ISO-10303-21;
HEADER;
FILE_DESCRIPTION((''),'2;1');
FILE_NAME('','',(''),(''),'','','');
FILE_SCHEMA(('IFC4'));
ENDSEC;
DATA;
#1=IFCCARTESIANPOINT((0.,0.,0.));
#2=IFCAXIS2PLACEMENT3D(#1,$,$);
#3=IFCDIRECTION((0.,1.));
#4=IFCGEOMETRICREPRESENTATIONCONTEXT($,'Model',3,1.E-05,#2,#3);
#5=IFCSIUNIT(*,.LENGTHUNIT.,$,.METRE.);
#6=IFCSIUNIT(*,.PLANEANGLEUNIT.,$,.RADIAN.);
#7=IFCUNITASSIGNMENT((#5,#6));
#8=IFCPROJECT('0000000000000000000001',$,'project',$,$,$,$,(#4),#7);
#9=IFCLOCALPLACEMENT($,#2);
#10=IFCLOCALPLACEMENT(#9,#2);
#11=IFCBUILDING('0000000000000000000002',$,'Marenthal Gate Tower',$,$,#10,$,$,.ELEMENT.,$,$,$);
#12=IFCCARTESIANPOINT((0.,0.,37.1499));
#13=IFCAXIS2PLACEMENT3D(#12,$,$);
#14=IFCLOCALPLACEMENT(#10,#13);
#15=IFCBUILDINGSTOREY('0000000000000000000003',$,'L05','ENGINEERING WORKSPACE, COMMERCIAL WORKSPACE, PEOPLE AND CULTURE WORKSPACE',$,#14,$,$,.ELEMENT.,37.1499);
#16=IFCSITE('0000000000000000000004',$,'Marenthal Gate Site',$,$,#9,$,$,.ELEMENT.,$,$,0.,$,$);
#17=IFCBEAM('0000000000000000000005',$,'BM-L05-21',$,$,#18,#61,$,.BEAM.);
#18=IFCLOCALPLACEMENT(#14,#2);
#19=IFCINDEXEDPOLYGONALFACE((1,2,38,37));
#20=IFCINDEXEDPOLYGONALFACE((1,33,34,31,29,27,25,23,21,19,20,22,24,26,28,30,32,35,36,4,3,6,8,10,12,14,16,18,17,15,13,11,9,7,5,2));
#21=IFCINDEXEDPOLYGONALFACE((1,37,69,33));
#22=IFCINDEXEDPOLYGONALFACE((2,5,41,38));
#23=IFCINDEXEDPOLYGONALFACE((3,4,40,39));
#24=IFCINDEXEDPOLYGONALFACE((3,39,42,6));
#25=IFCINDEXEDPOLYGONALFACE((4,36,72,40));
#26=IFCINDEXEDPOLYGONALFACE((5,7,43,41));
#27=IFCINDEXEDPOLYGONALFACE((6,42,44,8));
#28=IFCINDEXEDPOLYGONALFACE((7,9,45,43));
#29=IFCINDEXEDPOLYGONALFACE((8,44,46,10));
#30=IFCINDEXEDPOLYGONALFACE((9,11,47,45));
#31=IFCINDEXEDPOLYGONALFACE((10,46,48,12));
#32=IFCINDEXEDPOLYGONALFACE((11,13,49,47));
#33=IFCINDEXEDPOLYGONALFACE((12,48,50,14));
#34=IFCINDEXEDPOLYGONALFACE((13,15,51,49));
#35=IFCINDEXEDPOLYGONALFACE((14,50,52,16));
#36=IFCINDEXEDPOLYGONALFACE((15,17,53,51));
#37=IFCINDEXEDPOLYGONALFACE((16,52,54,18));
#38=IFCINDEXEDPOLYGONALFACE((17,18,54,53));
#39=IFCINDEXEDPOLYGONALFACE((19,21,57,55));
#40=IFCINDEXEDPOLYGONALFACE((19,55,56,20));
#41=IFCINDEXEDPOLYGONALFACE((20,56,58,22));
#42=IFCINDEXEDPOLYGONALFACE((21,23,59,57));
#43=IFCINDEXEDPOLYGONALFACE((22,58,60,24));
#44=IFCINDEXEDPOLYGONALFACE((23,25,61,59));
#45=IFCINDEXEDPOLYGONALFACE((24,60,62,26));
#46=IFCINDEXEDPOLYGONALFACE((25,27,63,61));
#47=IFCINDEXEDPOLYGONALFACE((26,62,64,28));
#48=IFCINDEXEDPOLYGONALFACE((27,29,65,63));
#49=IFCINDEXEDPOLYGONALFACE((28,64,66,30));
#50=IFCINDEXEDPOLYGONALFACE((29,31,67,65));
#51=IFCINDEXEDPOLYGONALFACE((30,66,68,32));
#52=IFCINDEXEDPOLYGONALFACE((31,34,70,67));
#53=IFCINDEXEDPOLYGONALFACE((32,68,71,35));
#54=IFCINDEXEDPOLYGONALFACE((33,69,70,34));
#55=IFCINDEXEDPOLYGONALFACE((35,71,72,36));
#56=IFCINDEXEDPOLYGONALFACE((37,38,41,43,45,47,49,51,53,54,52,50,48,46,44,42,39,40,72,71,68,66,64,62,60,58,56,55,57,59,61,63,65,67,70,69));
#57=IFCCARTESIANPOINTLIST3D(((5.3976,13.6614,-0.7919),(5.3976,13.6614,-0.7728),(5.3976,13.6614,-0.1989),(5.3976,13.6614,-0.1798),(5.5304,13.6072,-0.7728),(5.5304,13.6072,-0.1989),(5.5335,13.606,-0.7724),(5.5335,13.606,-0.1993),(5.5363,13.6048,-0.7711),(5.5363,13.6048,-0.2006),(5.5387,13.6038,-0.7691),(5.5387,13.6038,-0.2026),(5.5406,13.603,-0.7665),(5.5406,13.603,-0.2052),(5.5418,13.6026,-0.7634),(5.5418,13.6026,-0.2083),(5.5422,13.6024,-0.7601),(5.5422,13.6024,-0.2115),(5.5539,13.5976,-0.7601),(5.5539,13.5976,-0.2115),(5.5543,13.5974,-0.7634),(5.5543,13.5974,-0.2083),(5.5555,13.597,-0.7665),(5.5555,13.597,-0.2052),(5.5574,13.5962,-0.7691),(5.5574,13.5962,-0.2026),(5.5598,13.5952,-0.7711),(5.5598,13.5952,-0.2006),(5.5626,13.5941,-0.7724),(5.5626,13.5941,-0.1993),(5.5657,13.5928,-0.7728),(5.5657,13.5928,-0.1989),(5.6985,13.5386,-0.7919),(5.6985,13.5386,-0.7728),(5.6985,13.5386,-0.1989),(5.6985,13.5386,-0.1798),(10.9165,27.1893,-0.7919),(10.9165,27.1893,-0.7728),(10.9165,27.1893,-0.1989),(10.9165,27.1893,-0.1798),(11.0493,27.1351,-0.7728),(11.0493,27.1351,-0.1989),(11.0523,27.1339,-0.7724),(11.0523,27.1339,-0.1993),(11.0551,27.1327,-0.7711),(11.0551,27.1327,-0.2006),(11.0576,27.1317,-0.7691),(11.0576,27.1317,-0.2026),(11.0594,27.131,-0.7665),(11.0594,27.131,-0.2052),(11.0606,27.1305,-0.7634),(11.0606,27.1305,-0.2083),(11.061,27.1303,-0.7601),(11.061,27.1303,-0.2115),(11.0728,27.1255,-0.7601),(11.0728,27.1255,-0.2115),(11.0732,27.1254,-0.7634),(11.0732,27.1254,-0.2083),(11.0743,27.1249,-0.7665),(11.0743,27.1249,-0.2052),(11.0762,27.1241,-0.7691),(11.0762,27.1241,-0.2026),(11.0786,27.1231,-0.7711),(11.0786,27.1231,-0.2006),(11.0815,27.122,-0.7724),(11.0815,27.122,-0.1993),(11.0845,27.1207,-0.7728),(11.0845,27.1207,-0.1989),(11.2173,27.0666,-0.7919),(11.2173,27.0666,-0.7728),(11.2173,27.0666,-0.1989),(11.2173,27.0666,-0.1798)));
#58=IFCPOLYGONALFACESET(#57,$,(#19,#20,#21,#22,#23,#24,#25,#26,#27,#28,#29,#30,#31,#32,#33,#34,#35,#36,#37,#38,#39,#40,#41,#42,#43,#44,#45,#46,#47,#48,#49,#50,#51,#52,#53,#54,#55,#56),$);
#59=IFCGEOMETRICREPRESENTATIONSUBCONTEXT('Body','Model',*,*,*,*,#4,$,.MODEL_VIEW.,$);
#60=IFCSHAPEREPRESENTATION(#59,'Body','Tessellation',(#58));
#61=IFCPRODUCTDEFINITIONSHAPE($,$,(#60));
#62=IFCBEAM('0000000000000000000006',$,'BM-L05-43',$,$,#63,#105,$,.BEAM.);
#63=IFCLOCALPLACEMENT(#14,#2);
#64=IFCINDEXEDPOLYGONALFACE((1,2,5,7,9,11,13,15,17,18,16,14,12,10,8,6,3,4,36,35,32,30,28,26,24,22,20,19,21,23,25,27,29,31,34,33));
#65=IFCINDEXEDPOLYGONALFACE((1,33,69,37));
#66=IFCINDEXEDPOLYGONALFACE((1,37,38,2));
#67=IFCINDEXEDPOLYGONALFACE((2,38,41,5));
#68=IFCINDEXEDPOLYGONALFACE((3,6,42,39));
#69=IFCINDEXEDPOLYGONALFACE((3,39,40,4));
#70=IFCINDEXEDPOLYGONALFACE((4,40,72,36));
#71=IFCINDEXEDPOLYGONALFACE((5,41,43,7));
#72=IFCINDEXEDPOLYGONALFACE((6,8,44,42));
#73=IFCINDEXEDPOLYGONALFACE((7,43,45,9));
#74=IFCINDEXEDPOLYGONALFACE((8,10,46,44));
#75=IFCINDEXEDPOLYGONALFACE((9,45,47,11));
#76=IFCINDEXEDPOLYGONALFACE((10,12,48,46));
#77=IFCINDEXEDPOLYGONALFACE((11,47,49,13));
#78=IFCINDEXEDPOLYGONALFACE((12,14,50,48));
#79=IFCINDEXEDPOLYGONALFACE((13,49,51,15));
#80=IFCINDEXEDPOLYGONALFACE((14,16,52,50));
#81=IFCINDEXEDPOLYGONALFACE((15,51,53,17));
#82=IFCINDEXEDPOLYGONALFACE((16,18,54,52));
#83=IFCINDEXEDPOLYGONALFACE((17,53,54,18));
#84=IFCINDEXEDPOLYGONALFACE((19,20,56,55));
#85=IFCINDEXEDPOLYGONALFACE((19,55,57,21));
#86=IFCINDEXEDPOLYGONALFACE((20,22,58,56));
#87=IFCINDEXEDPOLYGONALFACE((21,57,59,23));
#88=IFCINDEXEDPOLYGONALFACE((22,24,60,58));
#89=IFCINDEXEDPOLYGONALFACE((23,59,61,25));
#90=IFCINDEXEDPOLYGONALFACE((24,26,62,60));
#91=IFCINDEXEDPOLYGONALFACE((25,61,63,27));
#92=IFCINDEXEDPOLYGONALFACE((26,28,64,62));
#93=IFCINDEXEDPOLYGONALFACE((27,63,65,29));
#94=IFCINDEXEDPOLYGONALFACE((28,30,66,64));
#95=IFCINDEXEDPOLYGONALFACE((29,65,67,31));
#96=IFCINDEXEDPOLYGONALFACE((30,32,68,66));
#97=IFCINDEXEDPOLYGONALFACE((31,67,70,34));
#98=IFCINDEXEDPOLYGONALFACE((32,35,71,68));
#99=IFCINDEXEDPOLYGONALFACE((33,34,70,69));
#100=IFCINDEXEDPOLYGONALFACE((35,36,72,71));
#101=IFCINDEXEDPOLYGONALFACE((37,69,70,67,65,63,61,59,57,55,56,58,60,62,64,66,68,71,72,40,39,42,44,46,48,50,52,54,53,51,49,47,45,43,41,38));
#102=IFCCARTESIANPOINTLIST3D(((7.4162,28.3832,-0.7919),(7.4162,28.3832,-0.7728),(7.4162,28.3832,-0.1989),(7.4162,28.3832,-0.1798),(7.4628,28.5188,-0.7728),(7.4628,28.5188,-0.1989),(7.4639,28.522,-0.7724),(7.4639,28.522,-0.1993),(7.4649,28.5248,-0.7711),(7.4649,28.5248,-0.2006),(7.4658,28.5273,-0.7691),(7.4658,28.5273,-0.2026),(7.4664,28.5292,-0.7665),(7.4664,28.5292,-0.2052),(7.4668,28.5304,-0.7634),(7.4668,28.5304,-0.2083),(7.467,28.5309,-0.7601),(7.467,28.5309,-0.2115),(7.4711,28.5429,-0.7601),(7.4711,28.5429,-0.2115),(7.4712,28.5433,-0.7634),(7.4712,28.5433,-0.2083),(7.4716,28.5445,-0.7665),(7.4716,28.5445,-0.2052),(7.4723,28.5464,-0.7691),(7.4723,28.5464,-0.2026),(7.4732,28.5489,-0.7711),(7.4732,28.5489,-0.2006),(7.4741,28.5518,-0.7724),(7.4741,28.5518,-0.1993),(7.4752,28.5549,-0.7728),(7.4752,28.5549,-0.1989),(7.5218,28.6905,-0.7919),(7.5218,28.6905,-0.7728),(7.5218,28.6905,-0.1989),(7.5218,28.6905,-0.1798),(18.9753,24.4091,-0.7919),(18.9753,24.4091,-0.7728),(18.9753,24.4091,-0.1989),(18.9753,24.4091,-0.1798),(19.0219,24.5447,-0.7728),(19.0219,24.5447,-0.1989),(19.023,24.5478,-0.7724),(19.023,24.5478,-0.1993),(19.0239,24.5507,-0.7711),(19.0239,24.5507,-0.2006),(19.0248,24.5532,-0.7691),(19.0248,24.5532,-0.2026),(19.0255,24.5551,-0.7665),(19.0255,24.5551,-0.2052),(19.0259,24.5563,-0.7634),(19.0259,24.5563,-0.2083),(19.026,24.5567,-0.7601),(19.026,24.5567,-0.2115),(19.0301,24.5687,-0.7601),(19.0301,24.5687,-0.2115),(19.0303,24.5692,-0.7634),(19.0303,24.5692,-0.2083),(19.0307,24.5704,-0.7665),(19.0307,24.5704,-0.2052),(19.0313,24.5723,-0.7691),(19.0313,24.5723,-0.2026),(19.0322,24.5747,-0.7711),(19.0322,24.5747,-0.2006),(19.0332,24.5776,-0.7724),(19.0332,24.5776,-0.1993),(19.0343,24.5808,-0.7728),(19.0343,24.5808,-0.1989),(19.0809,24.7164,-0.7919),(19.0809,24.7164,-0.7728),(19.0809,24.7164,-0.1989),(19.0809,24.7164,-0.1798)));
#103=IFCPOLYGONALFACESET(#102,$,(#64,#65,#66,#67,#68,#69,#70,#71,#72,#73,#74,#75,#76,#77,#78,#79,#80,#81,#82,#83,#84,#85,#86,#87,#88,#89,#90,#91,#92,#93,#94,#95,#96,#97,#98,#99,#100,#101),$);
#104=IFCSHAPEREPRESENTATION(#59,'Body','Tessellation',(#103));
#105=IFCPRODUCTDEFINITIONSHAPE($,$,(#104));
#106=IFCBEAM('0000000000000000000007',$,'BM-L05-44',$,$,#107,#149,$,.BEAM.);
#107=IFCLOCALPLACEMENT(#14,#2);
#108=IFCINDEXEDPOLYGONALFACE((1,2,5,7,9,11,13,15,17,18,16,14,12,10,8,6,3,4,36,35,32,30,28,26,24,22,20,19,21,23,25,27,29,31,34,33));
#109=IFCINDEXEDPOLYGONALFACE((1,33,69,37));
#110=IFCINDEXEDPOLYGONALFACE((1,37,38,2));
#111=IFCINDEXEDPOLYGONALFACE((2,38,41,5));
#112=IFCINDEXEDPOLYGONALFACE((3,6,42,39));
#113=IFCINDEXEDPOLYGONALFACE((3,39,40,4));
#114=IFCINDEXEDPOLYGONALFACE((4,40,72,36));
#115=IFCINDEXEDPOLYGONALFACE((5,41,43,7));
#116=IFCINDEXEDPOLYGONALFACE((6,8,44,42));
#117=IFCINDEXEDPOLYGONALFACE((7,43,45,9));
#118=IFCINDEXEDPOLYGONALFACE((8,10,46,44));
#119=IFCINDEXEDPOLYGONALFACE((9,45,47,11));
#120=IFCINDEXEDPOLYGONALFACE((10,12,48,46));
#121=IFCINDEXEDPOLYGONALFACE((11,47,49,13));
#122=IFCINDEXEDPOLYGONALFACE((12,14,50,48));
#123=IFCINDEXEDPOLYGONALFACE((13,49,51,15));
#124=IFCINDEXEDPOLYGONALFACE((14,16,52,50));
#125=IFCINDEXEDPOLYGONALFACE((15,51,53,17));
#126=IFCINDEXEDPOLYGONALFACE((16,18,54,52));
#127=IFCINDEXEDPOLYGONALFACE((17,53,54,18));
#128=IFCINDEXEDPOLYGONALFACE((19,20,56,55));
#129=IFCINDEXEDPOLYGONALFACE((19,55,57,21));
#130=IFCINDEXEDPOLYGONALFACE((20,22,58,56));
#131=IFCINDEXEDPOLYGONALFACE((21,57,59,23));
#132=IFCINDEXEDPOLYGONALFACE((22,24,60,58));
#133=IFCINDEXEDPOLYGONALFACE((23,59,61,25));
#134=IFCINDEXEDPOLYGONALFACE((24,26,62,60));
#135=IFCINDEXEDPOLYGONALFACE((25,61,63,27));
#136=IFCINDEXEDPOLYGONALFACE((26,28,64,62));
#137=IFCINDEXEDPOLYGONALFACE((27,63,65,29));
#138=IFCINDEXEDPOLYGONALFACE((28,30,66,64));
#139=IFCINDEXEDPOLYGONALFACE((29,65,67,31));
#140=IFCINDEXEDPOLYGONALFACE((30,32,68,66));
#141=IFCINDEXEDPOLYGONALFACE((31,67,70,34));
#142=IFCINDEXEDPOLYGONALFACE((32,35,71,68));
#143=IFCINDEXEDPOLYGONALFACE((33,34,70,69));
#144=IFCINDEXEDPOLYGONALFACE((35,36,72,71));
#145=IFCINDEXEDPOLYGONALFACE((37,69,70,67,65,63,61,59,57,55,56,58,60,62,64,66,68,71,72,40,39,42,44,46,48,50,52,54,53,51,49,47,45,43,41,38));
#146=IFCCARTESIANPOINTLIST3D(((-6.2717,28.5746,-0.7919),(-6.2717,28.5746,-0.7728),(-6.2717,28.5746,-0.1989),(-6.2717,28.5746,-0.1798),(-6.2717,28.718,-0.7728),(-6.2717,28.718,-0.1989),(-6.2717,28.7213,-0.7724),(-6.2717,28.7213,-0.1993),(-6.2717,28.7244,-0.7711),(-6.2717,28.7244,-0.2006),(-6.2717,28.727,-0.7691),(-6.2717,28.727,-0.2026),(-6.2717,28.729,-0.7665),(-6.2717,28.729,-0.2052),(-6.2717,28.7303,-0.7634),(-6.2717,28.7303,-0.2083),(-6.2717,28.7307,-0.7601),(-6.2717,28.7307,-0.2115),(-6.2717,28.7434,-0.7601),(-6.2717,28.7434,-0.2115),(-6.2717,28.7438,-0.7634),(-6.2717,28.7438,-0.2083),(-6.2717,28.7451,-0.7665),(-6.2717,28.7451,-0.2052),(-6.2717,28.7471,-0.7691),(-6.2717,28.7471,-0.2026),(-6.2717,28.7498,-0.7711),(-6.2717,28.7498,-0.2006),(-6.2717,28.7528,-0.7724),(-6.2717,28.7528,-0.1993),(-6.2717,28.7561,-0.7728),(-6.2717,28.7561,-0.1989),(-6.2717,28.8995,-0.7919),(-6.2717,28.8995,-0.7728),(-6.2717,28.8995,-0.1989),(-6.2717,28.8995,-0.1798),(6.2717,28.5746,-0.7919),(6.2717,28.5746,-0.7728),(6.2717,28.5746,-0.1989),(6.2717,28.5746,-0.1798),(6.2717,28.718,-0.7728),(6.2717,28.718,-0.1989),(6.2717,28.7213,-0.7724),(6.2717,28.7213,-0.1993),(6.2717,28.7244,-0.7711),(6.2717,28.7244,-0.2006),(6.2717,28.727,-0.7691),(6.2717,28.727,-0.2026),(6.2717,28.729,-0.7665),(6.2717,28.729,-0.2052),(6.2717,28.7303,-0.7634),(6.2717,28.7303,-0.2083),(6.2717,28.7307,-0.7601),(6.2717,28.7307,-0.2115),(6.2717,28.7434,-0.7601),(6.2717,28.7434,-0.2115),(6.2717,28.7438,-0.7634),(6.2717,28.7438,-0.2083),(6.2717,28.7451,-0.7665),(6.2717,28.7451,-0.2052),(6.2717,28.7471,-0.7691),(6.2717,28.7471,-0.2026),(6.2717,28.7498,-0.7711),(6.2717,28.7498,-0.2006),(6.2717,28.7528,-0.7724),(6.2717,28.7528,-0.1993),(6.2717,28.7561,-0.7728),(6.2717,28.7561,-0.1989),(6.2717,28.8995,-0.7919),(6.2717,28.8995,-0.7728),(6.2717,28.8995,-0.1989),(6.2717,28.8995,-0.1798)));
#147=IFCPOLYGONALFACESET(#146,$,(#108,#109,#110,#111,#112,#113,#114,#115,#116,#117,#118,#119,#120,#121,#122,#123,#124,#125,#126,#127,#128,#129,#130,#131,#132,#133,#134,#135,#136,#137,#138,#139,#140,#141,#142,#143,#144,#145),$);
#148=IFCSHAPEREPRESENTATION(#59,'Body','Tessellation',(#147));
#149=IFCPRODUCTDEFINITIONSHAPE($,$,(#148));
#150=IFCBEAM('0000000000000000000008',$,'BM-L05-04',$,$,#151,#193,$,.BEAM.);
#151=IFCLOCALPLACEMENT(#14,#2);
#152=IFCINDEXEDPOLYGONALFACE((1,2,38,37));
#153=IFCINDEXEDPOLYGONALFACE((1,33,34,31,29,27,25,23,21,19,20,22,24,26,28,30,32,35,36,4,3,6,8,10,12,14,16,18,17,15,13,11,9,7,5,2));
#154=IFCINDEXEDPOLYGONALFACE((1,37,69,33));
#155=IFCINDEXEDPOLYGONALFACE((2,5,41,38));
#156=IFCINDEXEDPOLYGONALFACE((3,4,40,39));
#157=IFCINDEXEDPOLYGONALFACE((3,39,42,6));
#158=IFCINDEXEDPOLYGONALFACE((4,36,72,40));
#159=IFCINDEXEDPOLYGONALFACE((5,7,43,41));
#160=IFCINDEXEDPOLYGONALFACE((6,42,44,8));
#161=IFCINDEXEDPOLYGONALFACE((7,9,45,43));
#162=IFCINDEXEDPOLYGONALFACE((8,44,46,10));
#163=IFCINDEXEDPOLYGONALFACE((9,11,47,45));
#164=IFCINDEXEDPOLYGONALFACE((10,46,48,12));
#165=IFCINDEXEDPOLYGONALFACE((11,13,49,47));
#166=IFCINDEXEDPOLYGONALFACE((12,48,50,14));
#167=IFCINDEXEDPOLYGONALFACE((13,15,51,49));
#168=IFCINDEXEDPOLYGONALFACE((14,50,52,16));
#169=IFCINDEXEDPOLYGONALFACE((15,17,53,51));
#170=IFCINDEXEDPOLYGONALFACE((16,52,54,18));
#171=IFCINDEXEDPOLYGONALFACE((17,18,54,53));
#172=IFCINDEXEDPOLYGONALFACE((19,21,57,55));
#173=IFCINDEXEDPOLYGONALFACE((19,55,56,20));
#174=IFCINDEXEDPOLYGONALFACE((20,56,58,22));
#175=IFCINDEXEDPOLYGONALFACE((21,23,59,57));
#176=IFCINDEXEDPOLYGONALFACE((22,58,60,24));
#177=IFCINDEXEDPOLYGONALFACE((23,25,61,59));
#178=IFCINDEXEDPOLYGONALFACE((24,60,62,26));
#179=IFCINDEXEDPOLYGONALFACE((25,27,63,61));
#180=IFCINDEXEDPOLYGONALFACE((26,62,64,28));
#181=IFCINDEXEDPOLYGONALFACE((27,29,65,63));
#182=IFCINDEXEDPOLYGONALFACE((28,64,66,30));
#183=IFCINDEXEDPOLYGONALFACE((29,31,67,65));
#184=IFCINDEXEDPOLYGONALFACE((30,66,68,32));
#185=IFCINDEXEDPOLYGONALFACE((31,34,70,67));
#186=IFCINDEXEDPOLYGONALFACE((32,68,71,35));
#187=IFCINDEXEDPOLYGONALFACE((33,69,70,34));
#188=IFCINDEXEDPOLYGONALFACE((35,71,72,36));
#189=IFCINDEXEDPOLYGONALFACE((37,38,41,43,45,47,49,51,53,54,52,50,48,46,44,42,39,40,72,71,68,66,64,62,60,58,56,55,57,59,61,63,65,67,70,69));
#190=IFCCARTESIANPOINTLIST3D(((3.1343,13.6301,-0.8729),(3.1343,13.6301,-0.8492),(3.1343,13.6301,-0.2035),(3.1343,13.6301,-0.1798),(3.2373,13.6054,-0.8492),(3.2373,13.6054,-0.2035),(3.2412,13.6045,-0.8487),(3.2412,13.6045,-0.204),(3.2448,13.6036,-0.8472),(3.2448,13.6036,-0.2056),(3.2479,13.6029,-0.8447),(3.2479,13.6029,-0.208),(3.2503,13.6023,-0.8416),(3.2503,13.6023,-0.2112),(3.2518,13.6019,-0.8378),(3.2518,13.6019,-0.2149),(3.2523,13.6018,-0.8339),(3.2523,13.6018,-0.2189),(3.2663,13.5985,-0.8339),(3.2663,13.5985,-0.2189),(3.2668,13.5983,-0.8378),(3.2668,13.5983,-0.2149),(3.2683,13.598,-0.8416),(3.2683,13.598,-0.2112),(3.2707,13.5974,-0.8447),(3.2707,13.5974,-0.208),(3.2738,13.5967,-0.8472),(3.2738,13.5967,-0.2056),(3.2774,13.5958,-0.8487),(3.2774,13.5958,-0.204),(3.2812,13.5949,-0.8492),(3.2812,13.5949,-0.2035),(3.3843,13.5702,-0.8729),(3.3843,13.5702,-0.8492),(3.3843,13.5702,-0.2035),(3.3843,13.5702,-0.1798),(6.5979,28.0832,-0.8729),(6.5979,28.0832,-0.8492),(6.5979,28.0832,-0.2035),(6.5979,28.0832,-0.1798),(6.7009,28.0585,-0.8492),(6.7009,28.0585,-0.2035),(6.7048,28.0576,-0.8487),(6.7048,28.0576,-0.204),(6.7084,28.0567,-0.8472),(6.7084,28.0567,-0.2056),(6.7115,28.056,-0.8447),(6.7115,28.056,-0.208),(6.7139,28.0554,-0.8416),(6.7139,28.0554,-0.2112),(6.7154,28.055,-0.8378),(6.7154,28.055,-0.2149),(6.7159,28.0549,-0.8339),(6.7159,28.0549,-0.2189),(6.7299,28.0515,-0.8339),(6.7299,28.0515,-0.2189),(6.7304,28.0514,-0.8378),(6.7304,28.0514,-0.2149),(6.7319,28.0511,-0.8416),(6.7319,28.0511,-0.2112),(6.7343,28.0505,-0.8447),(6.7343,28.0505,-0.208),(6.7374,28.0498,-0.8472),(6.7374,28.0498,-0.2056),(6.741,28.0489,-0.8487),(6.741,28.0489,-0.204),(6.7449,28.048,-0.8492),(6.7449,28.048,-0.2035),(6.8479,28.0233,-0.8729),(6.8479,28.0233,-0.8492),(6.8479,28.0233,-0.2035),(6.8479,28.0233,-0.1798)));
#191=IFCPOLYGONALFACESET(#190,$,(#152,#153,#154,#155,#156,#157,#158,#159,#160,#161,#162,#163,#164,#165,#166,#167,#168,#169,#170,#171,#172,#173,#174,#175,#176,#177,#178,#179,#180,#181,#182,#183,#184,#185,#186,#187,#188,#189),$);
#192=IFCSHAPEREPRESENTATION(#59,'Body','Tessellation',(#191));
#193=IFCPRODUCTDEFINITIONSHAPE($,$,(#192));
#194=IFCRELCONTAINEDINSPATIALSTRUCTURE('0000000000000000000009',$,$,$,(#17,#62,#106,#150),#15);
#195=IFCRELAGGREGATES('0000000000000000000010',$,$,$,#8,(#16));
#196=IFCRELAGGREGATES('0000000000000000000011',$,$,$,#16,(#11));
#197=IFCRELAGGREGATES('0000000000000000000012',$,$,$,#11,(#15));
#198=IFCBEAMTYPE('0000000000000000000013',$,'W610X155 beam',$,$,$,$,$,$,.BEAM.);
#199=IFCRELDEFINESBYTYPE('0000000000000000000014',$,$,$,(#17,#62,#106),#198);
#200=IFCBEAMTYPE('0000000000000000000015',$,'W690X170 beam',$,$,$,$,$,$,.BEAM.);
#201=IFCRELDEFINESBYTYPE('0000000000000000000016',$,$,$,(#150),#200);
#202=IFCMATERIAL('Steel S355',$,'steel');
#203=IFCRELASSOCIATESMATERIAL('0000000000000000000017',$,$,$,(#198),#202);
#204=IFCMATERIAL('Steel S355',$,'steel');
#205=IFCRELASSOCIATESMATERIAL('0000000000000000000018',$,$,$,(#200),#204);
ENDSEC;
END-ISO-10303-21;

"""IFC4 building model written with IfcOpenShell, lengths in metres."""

from ifc_helpers import new_model, si_unit, direction, frame, origin, origin_2d, place, context, subcontext, project, spatial, i_section, extrude, material, material_profile, profile_set, type_object, element, save


model = new_model("IFC4")

# Units and contexts
model_context = context("Model", 3, precision=1e-05, world=origin(), true_north=direction((0.0, 1.0)))
body_context = subcontext(model_context, "Body", "Model", "MODEL_VIEW")
ifc_project = project(units=[si_unit("LENGTHUNIT", "METRE"), si_unit("PLANEANGLEUNIT", "RADIAN")], contexts=[model_context])

# Site, building, storey
site_placement = place(None, origin())
site = spatial("IfcSite", under=ifc_project, at=site_placement, Name="Marenthal Gate Site", CompositionType="ELEMENT", RefElevation=0.0)
building_placement = place(site_placement, origin())
building = spatial("IfcBuilding", under=site, at=building_placement, Name="Marenthal Gate Tower", CompositionType="ELEMENT")
storey_placement = place(building_placement, frame((0.0, 0.0, 37.1499)))
storey = spatial("IfcBuildingStorey", under=building, at=storey_placement, Name="L05", Description="ENGINEERING WORKSPACE, COMMERCIAL WORKSPACE, PEOPLE AND CULTURE WORKSPACE", CompositionType="ELEMENT", Elevation=37.1499)

# Beams
ifc_material_1 = material(Name="Steel S355", Category="steel")
ifc_material_profile_1 = material_profile(ifc_material_1, i_section(OverallWidth=0.325, OverallDepth=0.6121, WebThickness=0.0127, FlangeThickness=0.019, FilletRadius=0.0127, at=origin_2d()), Name="W610X155")
ifc_profile_set_1 = profile_set([ifc_material_profile_1], Name="Steel S355")
beam_type_1 = type_object("IfcBeamType", Name="W610X155 beam", PredefinedType="BEAM", material=ifc_profile_set_1)
beam_1_placement = place(storey_placement, frame((11.0669, 27.1279, -0.4858), z_axis=(-0.377735, -0.925914, 0.0), x_axis=(0.925914, -0.377735, 0.0)))
element("IfcBeam", 1, at=beam_1_placement, inside=storey, type_object=beam_type_1, Name="BM-L05-21", PredefinedType="BEAM", context=body_context, shape_type="SweptSolid", body=[
    extrude(i_section(OverallWidth=0.325, OverallDepth=0.6121, WebThickness=0.0127, FlangeThickness=0.019, FilletRadius=0.0127, at=origin_2d()), origin(), (0.0, 0.0, 1.0), 14.6104),
])
beam_2_placement = place(storey_placement, frame((19.0281, 24.5627, -0.4858), z_axis=(-0.945669, 0.32513, 0.0), x_axis=(-0.32513, -0.945669, 0.0)))
element("IfcBeam", 2, at=beam_2_placement, inside=storey, type_object=beam_type_1, Name="BM-L05-43", PredefinedType="BEAM", context=body_context, shape_type="SweptSolid", body=[
    extrude(i_section(OverallWidth=0.325, OverallDepth=0.6121, WebThickness=0.0127, FlangeThickness=0.019, FilletRadius=0.0127, at=origin_2d()), origin(), (0.0, 0.0, 1.0), 12.2231),
])
beam_3_placement = place(storey_placement, frame((6.2717, 28.7371, -0.4858), z_axis=(-1.0, 0.0, 0.0), x_axis=(0.0, -1.0, 0.0)))
element("IfcBeam", 3, at=beam_3_placement, inside=storey, type_object=beam_type_1, Name="BM-L05-44", PredefinedType="BEAM", context=body_context, shape_type="SweptSolid", body=[
    extrude(i_section(OverallWidth=0.325, OverallDepth=0.6121, WebThickness=0.0127, FlangeThickness=0.019, FilletRadius=0.0127, at=origin_2d()), origin(), (0.0, 0.0, 1.0), 12.5435),
])
ifc_material_2 = material(Name="Steel S355", Category="steel")
ifc_material_profile_2 = material_profile(ifc_material_2, i_section(OverallWidth=0.2571, OverallDepth=0.6931, WebThickness=0.0144, FlangeThickness=0.0237, FilletRadius=0.0154, at=origin_2d()), Name="W690X170")
ifc_profile_set_2 = profile_set([ifc_material_profile_2], Name="Steel S355")
beam_type_2 = type_object("IfcBeamType", Name="W690X170 beam", PredefinedType="BEAM", material=ifc_profile_set_2)
beam_4_placement = place(storey_placement, frame((6.7229, 28.0532, -0.5264), z_axis=(-0.233047, -0.972466, 0.0), x_axis=(0.972466, -0.233047, 0.0)))
element("IfcBeam", 4, at=beam_4_placement, inside=storey, type_object=beam_type_2, Name="BM-L05-04", PredefinedType="BEAM", context=body_context, shape_type="SweptSolid", body=[
    extrude(i_section(OverallWidth=0.2571, OverallDepth=0.6931, WebThickness=0.0144, FlangeThickness=0.0237, FilletRadius=0.0154, at=origin_2d()), origin(), (0.0, 0.0, 1.0), 14.8623),
])

save(model, "model.ifc")
